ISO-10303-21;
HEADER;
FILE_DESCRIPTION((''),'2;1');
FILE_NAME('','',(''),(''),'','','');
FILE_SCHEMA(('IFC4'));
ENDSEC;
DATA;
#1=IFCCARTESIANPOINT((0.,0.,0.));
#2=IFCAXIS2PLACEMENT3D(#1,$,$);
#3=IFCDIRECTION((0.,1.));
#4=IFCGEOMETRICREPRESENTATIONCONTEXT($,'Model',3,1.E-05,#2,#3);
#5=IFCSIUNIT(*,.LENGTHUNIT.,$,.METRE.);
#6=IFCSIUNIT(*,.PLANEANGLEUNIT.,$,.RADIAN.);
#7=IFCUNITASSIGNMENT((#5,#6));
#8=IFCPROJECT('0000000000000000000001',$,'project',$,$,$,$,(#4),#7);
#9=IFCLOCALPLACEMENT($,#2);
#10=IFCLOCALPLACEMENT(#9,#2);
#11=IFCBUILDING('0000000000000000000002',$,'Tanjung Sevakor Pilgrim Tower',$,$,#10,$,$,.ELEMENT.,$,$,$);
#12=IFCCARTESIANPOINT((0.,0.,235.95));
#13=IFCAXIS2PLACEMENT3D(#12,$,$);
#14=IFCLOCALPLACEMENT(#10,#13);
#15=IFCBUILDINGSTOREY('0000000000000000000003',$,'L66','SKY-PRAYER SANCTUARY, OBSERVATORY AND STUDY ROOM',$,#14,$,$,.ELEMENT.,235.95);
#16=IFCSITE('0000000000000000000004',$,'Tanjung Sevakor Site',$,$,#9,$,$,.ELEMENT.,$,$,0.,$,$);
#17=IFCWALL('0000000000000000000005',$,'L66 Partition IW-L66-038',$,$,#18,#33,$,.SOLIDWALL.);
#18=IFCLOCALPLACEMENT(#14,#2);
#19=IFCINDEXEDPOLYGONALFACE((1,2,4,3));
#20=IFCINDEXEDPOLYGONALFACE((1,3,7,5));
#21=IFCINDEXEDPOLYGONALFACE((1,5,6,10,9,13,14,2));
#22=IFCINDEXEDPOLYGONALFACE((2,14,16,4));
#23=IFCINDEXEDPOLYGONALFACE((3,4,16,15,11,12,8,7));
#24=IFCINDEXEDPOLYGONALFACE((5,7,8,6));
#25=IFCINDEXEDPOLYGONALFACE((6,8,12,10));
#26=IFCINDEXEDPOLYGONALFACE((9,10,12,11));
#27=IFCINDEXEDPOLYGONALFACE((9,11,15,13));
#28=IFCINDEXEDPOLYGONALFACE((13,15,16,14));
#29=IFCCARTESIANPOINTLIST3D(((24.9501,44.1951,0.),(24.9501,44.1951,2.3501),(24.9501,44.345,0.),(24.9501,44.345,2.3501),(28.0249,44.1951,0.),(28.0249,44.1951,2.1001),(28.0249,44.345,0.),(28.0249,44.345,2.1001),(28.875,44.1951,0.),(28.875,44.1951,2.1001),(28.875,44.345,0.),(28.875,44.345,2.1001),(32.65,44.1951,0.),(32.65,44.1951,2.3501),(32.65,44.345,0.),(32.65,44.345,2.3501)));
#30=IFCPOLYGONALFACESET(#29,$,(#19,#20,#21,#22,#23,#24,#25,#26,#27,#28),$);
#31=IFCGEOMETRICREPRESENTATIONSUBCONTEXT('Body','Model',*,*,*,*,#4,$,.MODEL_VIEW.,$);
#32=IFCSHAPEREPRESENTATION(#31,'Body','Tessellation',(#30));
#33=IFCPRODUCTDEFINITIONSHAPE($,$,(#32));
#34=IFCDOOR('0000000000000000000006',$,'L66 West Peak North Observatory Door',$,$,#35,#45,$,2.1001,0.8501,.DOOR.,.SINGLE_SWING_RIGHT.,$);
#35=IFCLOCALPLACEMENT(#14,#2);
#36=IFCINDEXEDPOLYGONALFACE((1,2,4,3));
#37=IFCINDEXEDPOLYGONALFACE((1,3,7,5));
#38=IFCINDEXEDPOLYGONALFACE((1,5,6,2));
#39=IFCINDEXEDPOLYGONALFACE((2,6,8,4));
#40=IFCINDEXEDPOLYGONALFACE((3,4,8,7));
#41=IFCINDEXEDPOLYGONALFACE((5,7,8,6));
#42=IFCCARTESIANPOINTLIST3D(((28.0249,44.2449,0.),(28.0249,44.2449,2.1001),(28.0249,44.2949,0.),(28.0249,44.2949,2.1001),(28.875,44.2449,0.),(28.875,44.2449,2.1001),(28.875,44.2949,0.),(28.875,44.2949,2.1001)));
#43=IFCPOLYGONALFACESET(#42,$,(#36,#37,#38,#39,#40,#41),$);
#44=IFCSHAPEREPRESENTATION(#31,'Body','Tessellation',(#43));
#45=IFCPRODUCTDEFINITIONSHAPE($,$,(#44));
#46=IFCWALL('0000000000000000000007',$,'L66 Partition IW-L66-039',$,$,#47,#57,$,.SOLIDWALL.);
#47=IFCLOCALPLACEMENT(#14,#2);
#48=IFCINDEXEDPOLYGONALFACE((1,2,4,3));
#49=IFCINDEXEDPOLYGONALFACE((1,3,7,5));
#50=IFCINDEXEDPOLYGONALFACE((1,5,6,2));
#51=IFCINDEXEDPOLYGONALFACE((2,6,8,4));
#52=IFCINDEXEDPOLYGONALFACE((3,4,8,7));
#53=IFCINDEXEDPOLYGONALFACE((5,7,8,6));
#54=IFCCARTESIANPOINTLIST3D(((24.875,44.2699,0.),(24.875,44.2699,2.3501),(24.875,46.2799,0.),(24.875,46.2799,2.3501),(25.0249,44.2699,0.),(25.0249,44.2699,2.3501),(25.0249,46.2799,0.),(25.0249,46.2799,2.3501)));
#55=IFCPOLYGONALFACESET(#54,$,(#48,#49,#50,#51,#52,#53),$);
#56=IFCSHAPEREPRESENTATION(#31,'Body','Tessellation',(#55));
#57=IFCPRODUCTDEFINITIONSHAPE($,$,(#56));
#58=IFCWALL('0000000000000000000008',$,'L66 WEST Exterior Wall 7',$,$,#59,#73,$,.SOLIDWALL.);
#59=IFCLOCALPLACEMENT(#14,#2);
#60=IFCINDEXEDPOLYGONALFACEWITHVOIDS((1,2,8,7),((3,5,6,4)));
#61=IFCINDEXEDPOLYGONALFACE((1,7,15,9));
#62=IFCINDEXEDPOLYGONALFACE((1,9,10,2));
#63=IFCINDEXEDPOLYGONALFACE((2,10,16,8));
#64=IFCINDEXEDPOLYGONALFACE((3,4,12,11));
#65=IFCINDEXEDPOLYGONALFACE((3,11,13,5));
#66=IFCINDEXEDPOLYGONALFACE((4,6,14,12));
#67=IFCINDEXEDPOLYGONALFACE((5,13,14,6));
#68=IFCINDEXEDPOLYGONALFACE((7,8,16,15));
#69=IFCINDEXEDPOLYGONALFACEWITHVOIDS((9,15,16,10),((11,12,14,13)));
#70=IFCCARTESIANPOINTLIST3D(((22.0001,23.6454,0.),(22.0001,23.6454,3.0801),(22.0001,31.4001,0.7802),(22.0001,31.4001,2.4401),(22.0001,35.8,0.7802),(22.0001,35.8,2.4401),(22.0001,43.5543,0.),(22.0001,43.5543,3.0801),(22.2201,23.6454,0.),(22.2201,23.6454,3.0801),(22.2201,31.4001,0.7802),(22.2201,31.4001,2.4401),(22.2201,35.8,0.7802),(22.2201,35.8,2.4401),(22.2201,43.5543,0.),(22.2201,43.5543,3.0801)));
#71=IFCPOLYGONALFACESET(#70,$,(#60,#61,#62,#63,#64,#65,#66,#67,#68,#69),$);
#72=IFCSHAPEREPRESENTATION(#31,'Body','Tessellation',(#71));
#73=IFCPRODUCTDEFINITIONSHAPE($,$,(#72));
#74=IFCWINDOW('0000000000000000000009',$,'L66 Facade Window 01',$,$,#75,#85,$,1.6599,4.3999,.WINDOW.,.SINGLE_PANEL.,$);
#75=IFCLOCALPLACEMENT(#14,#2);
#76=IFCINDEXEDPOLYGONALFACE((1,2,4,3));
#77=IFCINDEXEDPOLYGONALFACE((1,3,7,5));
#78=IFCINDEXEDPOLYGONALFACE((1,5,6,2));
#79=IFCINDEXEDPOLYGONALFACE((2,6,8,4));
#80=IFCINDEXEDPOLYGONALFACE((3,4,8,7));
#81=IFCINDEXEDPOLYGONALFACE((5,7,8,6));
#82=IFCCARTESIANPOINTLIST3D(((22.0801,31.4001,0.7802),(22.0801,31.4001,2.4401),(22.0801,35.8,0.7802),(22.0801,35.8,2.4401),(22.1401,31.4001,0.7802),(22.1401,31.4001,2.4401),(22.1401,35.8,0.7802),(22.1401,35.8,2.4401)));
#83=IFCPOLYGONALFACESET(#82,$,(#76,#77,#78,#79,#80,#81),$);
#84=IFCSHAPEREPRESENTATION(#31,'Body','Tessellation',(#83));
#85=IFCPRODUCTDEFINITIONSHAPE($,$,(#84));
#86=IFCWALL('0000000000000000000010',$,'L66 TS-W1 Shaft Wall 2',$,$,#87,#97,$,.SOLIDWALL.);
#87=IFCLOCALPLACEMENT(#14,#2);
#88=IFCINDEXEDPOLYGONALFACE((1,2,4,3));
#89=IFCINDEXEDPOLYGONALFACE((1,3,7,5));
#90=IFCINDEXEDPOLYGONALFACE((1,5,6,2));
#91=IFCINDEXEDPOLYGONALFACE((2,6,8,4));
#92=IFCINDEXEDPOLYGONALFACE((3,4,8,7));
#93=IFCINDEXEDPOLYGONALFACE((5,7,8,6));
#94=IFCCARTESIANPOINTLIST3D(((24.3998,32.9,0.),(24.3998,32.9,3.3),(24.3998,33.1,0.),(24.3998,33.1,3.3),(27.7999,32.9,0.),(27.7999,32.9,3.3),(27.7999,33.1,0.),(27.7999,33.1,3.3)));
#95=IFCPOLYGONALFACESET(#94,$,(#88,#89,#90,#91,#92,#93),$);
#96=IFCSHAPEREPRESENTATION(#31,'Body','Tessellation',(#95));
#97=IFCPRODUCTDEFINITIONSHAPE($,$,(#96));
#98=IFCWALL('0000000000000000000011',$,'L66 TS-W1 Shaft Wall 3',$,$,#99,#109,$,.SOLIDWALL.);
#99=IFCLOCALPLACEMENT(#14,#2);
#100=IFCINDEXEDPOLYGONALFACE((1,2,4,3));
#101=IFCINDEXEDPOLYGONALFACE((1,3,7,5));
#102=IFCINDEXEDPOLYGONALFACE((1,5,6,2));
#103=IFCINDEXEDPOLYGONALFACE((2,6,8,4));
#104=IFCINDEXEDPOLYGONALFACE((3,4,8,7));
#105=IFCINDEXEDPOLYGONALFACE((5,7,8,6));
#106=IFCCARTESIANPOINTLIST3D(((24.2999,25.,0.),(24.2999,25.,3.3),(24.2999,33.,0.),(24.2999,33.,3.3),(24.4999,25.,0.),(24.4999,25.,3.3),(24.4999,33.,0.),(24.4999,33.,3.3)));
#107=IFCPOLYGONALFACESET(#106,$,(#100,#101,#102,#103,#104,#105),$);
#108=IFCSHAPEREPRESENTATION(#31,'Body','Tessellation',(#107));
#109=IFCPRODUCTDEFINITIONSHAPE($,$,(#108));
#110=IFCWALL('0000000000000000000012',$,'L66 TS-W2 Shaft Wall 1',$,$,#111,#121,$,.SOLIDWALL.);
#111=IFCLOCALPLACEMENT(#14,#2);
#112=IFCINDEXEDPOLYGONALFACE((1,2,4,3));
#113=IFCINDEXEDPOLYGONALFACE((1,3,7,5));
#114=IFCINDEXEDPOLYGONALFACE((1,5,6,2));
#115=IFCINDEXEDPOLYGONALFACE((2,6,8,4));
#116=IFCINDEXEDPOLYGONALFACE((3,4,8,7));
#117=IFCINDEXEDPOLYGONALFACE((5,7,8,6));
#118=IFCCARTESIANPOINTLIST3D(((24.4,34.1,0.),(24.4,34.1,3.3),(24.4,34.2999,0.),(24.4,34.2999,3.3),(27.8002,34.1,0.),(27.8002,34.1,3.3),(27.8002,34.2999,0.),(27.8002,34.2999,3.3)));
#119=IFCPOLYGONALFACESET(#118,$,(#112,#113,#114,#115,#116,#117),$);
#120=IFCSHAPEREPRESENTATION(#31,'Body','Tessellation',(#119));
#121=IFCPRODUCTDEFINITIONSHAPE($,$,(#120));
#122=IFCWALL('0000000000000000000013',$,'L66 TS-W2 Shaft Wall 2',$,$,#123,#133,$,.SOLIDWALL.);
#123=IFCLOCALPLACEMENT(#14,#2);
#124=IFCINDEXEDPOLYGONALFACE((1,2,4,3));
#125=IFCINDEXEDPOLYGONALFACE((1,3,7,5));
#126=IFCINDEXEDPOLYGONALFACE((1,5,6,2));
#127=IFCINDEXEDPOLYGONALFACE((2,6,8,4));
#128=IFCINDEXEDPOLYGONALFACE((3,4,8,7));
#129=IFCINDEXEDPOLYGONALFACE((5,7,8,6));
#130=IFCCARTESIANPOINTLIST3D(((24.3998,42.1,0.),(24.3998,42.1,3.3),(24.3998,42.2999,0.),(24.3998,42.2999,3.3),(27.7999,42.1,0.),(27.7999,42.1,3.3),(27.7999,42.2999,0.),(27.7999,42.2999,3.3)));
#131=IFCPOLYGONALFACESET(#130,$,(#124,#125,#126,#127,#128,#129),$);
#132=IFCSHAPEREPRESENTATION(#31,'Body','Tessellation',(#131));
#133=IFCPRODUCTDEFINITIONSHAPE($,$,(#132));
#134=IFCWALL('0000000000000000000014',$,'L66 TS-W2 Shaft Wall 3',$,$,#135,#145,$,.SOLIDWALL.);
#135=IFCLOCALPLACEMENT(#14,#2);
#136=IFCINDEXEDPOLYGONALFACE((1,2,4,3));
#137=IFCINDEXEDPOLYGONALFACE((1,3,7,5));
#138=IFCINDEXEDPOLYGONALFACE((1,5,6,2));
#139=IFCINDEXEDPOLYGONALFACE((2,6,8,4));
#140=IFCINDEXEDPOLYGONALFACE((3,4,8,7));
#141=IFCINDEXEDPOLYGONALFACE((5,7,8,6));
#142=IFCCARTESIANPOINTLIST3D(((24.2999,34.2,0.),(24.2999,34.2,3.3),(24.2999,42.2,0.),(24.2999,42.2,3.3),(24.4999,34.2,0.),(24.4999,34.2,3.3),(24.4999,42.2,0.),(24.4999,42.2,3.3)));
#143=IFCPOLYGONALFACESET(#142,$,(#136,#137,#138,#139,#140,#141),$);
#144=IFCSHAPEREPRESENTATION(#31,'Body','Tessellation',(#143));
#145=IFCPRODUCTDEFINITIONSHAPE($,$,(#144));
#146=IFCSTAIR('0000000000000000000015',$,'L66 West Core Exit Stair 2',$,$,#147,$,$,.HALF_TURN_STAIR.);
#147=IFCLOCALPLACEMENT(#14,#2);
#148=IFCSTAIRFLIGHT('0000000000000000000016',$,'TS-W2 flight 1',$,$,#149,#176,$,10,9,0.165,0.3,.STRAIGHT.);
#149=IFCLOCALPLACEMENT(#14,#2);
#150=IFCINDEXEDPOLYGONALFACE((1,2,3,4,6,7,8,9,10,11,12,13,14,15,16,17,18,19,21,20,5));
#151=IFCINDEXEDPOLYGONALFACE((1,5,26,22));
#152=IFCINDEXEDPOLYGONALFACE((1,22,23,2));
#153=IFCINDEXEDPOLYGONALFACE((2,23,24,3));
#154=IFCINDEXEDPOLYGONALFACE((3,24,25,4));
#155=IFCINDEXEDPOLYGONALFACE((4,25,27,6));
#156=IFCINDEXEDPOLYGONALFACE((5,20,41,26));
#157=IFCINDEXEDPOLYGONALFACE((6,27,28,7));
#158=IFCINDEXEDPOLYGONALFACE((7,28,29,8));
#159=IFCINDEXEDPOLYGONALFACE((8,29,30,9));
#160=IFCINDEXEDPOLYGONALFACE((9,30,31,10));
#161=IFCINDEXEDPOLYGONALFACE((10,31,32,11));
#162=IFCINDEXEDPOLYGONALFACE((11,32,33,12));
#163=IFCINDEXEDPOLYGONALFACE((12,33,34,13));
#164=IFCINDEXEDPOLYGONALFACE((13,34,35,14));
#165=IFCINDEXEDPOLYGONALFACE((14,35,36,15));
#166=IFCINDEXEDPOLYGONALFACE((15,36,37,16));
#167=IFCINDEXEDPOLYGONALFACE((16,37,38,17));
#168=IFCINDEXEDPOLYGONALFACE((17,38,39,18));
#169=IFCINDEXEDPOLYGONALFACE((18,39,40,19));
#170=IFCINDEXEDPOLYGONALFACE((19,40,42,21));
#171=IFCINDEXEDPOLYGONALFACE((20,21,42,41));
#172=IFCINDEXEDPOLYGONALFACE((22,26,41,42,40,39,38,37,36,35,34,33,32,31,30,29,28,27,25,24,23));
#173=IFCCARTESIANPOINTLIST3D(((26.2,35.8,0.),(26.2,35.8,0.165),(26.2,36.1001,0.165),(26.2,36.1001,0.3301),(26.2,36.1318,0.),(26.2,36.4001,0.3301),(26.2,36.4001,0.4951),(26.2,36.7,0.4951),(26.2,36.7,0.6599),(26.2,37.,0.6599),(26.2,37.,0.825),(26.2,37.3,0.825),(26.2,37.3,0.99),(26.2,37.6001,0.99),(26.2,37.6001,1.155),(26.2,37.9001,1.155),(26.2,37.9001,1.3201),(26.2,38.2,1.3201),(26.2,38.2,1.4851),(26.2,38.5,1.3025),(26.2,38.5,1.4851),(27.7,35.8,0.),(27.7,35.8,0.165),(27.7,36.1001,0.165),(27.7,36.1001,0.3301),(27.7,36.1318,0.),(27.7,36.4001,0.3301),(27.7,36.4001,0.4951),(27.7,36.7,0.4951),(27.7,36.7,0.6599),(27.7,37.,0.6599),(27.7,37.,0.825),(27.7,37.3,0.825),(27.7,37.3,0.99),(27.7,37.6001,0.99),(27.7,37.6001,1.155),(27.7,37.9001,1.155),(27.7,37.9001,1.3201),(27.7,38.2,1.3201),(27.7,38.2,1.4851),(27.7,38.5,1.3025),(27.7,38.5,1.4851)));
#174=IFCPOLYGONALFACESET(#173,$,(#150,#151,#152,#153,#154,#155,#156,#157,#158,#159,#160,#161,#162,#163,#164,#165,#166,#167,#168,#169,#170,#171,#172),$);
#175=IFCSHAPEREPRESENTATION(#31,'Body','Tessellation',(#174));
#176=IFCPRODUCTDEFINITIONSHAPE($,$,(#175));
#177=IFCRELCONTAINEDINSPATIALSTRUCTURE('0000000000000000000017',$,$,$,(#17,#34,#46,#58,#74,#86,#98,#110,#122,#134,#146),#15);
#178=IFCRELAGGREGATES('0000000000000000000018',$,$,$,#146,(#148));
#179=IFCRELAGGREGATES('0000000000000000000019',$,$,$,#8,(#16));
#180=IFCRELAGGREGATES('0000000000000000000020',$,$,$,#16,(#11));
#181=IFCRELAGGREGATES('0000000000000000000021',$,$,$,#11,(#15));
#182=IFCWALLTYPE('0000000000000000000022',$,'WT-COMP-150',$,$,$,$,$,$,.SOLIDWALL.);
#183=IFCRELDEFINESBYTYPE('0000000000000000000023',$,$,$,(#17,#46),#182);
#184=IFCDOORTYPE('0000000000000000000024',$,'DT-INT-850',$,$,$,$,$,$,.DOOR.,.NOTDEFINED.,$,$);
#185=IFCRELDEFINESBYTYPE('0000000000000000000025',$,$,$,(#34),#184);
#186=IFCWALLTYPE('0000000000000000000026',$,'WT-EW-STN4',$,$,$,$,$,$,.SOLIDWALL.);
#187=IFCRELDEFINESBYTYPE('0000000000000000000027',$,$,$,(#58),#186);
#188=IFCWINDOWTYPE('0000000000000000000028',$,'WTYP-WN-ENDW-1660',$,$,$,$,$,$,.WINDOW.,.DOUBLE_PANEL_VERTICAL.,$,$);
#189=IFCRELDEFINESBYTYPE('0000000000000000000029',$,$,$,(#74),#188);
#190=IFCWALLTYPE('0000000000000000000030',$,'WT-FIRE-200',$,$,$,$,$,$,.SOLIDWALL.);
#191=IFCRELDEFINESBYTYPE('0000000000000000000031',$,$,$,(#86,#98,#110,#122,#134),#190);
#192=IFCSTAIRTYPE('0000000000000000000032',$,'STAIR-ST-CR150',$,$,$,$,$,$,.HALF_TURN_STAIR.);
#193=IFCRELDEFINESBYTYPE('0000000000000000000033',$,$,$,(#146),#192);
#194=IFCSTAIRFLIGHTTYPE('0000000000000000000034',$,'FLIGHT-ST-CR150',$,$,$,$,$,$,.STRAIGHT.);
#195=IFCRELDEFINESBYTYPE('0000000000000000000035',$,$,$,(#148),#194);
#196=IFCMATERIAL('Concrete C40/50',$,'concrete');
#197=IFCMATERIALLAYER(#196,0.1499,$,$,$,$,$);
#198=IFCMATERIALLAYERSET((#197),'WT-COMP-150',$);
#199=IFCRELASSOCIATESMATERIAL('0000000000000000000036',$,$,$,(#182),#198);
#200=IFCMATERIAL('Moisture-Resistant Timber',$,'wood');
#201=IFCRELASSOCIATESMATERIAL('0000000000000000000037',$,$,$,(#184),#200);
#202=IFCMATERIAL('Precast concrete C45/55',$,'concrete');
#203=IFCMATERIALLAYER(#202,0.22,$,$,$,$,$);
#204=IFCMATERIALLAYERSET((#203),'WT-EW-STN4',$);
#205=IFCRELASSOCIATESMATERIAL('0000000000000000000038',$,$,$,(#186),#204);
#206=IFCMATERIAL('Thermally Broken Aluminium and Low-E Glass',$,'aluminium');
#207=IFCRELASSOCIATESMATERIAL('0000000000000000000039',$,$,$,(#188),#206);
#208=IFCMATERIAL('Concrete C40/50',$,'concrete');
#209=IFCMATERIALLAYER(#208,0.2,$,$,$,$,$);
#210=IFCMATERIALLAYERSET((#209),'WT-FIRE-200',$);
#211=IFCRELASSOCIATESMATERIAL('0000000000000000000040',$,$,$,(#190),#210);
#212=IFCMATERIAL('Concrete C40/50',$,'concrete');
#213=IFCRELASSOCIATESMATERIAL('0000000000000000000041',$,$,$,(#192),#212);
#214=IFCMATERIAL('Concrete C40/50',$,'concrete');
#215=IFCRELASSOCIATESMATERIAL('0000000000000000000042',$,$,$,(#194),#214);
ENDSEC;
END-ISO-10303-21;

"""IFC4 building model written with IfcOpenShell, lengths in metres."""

from ifc_helpers import new_model, si_unit, direction, frame, frame_2d, origin, place, context, subcontext, project, spatial, polyline, rectangle, outline, extrude, material, layer, layer_set, type_object, element, fill, aggregate, save


model = new_model("IFC4")

# Units and contexts
model_context = context("Model", 3, precision=1e-05, world=origin(), true_north=direction((0.0, 1.0)))
body_context = subcontext(model_context, "Body", "Model", "MODEL_VIEW")
ifc_project = project(units=[si_unit("LENGTHUNIT", "METRE"), si_unit("PLANEANGLEUNIT", "RADIAN")], contexts=[model_context])

# Site, building, storey
site_placement = place(None, origin())
site = spatial("IfcSite", under=ifc_project, at=site_placement, Name="Tanjung Sevakor Site", CompositionType="ELEMENT", RefElevation=0.0)
building_placement = place(site_placement, origin())
building = spatial("IfcBuilding", under=site, at=building_placement, Name="Tanjung Sevakor Pilgrim Tower", CompositionType="ELEMENT")
storey_placement = place(building_placement, frame((0.0, 0.0, 235.95)))
storey = spatial("IfcBuildingStorey", under=building, at=storey_placement, Name="L66", Description="SKY-PRAYER SANCTUARY, OBSERVATORY AND STUDY ROOM", CompositionType="ELEMENT", Elevation=235.95)

# Shared definitions
ifc_material_1 = material(Name="Concrete C40/50", Category="concrete")
ifc_layer_1 = layer(ifc_material_1, 0.1499)
ifc_layer_set_1 = layer_set([ifc_layer_1], Name="WT-COMP-150")
wall_type_1 = type_object("IfcWallType", Name="WT-COMP-150", PredefinedType="SOLIDWALL", material=ifc_layer_set_1)

# Wall, opening, door
wall_1_placement = place(storey_placement, frame((24.95, 44.27, 0.0), z_axis=(0.0, 0.0, 1.0), x_axis=(1.0, 0.0, 0.0)))
wall_1 = element("IfcWall", 1, at=wall_1_placement, inside=storey, type_object=wall_type_1, Name="L66 Partition IW-L66-038", PredefinedType="SOLIDWALL", context=body_context, shape_type="SweptSolid", body=[
    extrude(rectangle(XDim=7.7, YDim=0.1499, at=frame_2d((3.8501, 0.0))), origin(), (0.0, 0.0, 1.0), 2.3501),
])
opening_1_placement = place(wall_1_placement, frame((3.075, 0.0, 0.0)))
opening_1 = element("IfcOpeningElement", 2, at=opening_1_placement, cuts=wall_1, PredefinedType="OPENING", context=body_context, shape_type="SweptSolid", body=[
    extrude(rectangle(XDim=0.8501, YDim=2.1001, at=frame_2d((0.425, 1.05))), frame((0.0, 0.085, 0.0), z_axis=(0.0, -1.0, 0.0), x_axis=(1.0, 0.0, 0.0)), (0.0, 0.0, 1.0), 0.1699),
])
ifc_material_2 = material(Name="Moisture-Resistant Timber", Category="wood")
door_type_1 = type_object("IfcDoorType", Name="DT-INT-850", OperationType="NOTDEFINED", PredefinedType="DOOR", material=ifc_material_2)
door_1_placement = place(opening_1_placement, origin())
door_1 = element("IfcDoor", 3, at=door_1_placement, inside=storey, type_object=door_type_1, Name="L66 West Peak North Observatory Door", OperationType="SINGLE_SWING_RIGHT", OverallHeight=2.1001, OverallWidth=0.8501, PredefinedType="DOOR", context=body_context, shape_type="SweptSolid", body=[
    extrude(rectangle(XDim=0.8501, YDim=2.1001, at=frame_2d((0.425, 1.05))), frame((0.0, 0.0249, 0.0), z_axis=(0.0, -1.0, 0.0), x_axis=(1.0, 0.0, 0.0)), (0.0, 0.0, 1.0), 0.05),
])
fill(opening_1, door_1)

# Wall
wall_2_placement = place(storey_placement, frame((24.95, 44.27, 0.0), z_axis=(0.0, 0.0, 1.0), x_axis=(0.0, 1.0, 0.0)))
element("IfcWall", 4, at=wall_2_placement, inside=storey, type_object=wall_type_1, Name="L66 Partition IW-L66-039", PredefinedType="SOLIDWALL", context=body_context, shape_type="SweptSolid", body=[
    extrude(rectangle(XDim=2.01, YDim=0.1499, at=frame_2d((1.0049, 0.0))), origin(), (0.0, 0.0, 1.0), 2.3501),
])

# Wall, opening, window
ifc_material_3 = material(Name="Precast concrete C45/55", Category="concrete")
ifc_layer_2 = layer(ifc_material_3, 0.22)
ifc_layer_set_2 = layer_set([ifc_layer_2], Name="WT-EW-STN4")
wall_type_2 = type_object("IfcWallType", Name="WT-EW-STN4", PredefinedType="SOLIDWALL", material=ifc_layer_set_2)
wall_3_placement = place(storey_placement, frame((22.1101, 43.5544, 0.0), z_axis=(0.0, 0.0, 1.0), x_axis=(0.0, -1.0, 0.0)))
wall_3 = element("IfcWall", 5, at=wall_3_placement, inside=storey, type_object=wall_type_2, Name="L66 WEST Exterior Wall 7", PredefinedType="SOLIDWALL", context=body_context, shape_type="SweptSolid", body=[
    extrude(rectangle(XDim=19.9089, YDim=0.22, at=frame_2d((9.9546, 0.0))), origin(), (0.0, 0.0, 1.0), 3.0801),
])
opening_2_placement = place(wall_3_placement, frame((7.7544, 0.0, 0.78)))
opening_2 = element("IfcOpeningElement", 6, at=opening_2_placement, cuts=wall_3, PredefinedType="OPENING", context=body_context, shape_type="SweptSolid", body=[
    extrude(rectangle(XDim=4.3999, YDim=1.6599, at=frame_2d((2.2, 0.8301))), frame((0.0, 0.1199, 0.0), z_axis=(0.0, -1.0, 0.0), x_axis=(1.0, 0.0, 0.0)), (0.0, 0.0, 1.0), 0.24),
])
ifc_material_4 = material(Name="Thermally Broken Aluminium and Low-E Glass", Category="aluminium")
window_type = type_object("IfcWindowType", Name="WTYP-WN-ENDW-1660", PartitioningType="DOUBLE_PANEL_VERTICAL", PredefinedType="WINDOW", material=ifc_material_4)
window_placement = place(opening_2_placement, origin())
window = element("IfcWindow", 7, at=window_placement, inside=storey, type_object=window_type, Name="L66 Facade Window 01", OverallHeight=1.6599, OverallWidth=4.3999, PartitioningType="SINGLE_PANEL", PredefinedType="WINDOW", context=body_context, shape_type="SweptSolid", body=[
    extrude(rectangle(XDim=4.3999, YDim=1.6599, at=frame_2d((2.2, 0.8301))), frame((0.0, 0.03, 0.0), z_axis=(0.0, -1.0, 0.0), x_axis=(1.0, 0.0, 0.0)), (0.0, 0.0, 1.0), 0.0601),
])
fill(opening_2, window)

# Walls
ifc_material_5 = material(Name="Concrete C40/50", Category="concrete")
ifc_layer_3 = layer(ifc_material_5, 0.2)
ifc_layer_set_3 = layer_set([ifc_layer_3], Name="WT-FIRE-200")
wall_type_3 = type_object("IfcWallType", Name="WT-FIRE-200", PredefinedType="SOLIDWALL", material=ifc_layer_set_3)
wall_4_placement = place(storey_placement, frame((27.8, 33.0, 0.0), z_axis=(0.0, 0.0, 1.0), x_axis=(-1.0, 0.0, 0.0)))
element("IfcWall", 8, at=wall_4_placement, inside=storey, type_object=wall_type_3, Name="L66 TS-W1 Shaft Wall 2", PredefinedType="SOLIDWALL", context=body_context, shape_type="SweptSolid", body=[
    extrude(rectangle(XDim=3.4001, YDim=0.2, at=frame_2d((1.7002, 0.0))), origin(), (0.0, 0.0, 1.0), 3.3),
])
wall_5_placement = place(storey_placement, frame((24.3999, 33.0, 0.0), z_axis=(0.0, 0.0, 1.0), x_axis=(0.0, -1.0, 0.0)))
element("IfcWall", 9, at=wall_5_placement, inside=storey, type_object=wall_type_3, Name="L66 TS-W1 Shaft Wall 3", PredefinedType="SOLIDWALL", context=body_context, shape_type="SweptSolid", body=[
    extrude(rectangle(XDim=8.0, YDim=0.2, at=frame_2d((4.0, 0.0))), origin(), (0.0, 0.0, 1.0), 3.3),
])
for number, where, z_axis, x_axis, name in (
    (10, (24.3999, 34.2, 0.0), (0.0, 0.0, 1.0), (1.0, 0.0, 0.0), "L66 TS-W2 Shaft Wall 1"),
    (11, (27.8, 42.2, 0.0), (0.0, 0.0, 1.0), (-1.0, 0.0, 0.0), "L66 TS-W2 Shaft Wall 2"),
):
    element("IfcWall", number, at=place(storey_placement, frame(where, z_axis=z_axis, x_axis=x_axis)), inside=storey, type_object=wall_type_3, Name=name, PredefinedType="SOLIDWALL", context=body_context, shape_type="SweptSolid", body=[
        extrude(rectangle(XDim=3.4001, YDim=0.2, at=frame_2d((1.7002, 0.0))), origin(), (0.0, 0.0, 1.0), 3.3),
    ])
wall_6_placement = place(storey_placement, frame((24.3999, 42.2, 0.0), z_axis=(0.0, 0.0, 1.0), x_axis=(0.0, -1.0, 0.0)))
element("IfcWall", 12, at=wall_6_placement, inside=storey, type_object=wall_type_3, Name="L66 TS-W2 Shaft Wall 3", PredefinedType="SOLIDWALL", context=body_context, shape_type="SweptSolid", body=[
    extrude(rectangle(XDim=8.0, YDim=0.2, at=frame_2d((4.0, 0.0))), origin(), (0.0, 0.0, 1.0), 3.3),
])

# Stair, stair flight
ifc_material_6 = material(Name="Concrete C40/50", Category="concrete")
stair_type = type_object("IfcStairType", Name="STAIR-ST-CR150", PredefinedType="HALF_TURN_STAIR", material=ifc_material_6)
stair_placement = place(storey_placement, origin())
stair = element("IfcStair", 13, at=stair_placement, inside=storey, type_object=stair_type, Name="L66 West Core Exit Stair 2", PredefinedType="HALF_TURN_STAIR")
ifc_material_7 = material(Name="Concrete C40/50", Category="concrete")
stair_flight_type = type_object("IfcStairFlightType", Name="FLIGHT-ST-CR150", PredefinedType="STRAIGHT", material=ifc_material_7)
stair_flight_1_placement = place(storey_placement, frame((26.95, 35.8, 0.0), z_axis=(0.0, 0.0, 1.0), x_axis=(0.0, 1.0, 0.0)))
stair_flight_1 = element("IfcStairFlight", 14, at=stair_flight_1_placement, type_object=stair_flight_type, Name="TS-W2 flight 1", NumberOfRisers=10, NumberOfTreads=9, PredefinedType="STRAIGHT", RiserHeight=0.165, TreadLength=0.3, context=body_context, shape_type="SweptSolid", body=[
    extrude(outline(polyline([(0.0, 0.0), (0.0, 0.165), (0.3, 0.165), (0.3, 0.3301), (0.6001, 0.3301), (0.6001, 0.4951), (0.8999, 0.4951), (0.8999, 0.6599), (1.2, 0.6599), (1.2, 0.825), (1.5, 0.825), (1.5, 0.99), (1.8, 0.99), (1.8, 1.155), (2.1001, 1.155), (2.1001, 1.3201), (2.3999, 1.3201), (2.3999, 1.4851), (2.7, 1.4851), (2.7, 1.6499), (2.7, 1.3025), (0.3318, 0.0), (0.0, 0.0)])), frame((0.0, 0.75, 0.0), z_axis=(0.0, -1.0, 0.0), x_axis=(1.0, 0.0, 0.0)), (0.0, 0.0, 1.0), 1.5),
])
aggregate(stair, [stair_flight_1])

save(model, "model.ifc")
